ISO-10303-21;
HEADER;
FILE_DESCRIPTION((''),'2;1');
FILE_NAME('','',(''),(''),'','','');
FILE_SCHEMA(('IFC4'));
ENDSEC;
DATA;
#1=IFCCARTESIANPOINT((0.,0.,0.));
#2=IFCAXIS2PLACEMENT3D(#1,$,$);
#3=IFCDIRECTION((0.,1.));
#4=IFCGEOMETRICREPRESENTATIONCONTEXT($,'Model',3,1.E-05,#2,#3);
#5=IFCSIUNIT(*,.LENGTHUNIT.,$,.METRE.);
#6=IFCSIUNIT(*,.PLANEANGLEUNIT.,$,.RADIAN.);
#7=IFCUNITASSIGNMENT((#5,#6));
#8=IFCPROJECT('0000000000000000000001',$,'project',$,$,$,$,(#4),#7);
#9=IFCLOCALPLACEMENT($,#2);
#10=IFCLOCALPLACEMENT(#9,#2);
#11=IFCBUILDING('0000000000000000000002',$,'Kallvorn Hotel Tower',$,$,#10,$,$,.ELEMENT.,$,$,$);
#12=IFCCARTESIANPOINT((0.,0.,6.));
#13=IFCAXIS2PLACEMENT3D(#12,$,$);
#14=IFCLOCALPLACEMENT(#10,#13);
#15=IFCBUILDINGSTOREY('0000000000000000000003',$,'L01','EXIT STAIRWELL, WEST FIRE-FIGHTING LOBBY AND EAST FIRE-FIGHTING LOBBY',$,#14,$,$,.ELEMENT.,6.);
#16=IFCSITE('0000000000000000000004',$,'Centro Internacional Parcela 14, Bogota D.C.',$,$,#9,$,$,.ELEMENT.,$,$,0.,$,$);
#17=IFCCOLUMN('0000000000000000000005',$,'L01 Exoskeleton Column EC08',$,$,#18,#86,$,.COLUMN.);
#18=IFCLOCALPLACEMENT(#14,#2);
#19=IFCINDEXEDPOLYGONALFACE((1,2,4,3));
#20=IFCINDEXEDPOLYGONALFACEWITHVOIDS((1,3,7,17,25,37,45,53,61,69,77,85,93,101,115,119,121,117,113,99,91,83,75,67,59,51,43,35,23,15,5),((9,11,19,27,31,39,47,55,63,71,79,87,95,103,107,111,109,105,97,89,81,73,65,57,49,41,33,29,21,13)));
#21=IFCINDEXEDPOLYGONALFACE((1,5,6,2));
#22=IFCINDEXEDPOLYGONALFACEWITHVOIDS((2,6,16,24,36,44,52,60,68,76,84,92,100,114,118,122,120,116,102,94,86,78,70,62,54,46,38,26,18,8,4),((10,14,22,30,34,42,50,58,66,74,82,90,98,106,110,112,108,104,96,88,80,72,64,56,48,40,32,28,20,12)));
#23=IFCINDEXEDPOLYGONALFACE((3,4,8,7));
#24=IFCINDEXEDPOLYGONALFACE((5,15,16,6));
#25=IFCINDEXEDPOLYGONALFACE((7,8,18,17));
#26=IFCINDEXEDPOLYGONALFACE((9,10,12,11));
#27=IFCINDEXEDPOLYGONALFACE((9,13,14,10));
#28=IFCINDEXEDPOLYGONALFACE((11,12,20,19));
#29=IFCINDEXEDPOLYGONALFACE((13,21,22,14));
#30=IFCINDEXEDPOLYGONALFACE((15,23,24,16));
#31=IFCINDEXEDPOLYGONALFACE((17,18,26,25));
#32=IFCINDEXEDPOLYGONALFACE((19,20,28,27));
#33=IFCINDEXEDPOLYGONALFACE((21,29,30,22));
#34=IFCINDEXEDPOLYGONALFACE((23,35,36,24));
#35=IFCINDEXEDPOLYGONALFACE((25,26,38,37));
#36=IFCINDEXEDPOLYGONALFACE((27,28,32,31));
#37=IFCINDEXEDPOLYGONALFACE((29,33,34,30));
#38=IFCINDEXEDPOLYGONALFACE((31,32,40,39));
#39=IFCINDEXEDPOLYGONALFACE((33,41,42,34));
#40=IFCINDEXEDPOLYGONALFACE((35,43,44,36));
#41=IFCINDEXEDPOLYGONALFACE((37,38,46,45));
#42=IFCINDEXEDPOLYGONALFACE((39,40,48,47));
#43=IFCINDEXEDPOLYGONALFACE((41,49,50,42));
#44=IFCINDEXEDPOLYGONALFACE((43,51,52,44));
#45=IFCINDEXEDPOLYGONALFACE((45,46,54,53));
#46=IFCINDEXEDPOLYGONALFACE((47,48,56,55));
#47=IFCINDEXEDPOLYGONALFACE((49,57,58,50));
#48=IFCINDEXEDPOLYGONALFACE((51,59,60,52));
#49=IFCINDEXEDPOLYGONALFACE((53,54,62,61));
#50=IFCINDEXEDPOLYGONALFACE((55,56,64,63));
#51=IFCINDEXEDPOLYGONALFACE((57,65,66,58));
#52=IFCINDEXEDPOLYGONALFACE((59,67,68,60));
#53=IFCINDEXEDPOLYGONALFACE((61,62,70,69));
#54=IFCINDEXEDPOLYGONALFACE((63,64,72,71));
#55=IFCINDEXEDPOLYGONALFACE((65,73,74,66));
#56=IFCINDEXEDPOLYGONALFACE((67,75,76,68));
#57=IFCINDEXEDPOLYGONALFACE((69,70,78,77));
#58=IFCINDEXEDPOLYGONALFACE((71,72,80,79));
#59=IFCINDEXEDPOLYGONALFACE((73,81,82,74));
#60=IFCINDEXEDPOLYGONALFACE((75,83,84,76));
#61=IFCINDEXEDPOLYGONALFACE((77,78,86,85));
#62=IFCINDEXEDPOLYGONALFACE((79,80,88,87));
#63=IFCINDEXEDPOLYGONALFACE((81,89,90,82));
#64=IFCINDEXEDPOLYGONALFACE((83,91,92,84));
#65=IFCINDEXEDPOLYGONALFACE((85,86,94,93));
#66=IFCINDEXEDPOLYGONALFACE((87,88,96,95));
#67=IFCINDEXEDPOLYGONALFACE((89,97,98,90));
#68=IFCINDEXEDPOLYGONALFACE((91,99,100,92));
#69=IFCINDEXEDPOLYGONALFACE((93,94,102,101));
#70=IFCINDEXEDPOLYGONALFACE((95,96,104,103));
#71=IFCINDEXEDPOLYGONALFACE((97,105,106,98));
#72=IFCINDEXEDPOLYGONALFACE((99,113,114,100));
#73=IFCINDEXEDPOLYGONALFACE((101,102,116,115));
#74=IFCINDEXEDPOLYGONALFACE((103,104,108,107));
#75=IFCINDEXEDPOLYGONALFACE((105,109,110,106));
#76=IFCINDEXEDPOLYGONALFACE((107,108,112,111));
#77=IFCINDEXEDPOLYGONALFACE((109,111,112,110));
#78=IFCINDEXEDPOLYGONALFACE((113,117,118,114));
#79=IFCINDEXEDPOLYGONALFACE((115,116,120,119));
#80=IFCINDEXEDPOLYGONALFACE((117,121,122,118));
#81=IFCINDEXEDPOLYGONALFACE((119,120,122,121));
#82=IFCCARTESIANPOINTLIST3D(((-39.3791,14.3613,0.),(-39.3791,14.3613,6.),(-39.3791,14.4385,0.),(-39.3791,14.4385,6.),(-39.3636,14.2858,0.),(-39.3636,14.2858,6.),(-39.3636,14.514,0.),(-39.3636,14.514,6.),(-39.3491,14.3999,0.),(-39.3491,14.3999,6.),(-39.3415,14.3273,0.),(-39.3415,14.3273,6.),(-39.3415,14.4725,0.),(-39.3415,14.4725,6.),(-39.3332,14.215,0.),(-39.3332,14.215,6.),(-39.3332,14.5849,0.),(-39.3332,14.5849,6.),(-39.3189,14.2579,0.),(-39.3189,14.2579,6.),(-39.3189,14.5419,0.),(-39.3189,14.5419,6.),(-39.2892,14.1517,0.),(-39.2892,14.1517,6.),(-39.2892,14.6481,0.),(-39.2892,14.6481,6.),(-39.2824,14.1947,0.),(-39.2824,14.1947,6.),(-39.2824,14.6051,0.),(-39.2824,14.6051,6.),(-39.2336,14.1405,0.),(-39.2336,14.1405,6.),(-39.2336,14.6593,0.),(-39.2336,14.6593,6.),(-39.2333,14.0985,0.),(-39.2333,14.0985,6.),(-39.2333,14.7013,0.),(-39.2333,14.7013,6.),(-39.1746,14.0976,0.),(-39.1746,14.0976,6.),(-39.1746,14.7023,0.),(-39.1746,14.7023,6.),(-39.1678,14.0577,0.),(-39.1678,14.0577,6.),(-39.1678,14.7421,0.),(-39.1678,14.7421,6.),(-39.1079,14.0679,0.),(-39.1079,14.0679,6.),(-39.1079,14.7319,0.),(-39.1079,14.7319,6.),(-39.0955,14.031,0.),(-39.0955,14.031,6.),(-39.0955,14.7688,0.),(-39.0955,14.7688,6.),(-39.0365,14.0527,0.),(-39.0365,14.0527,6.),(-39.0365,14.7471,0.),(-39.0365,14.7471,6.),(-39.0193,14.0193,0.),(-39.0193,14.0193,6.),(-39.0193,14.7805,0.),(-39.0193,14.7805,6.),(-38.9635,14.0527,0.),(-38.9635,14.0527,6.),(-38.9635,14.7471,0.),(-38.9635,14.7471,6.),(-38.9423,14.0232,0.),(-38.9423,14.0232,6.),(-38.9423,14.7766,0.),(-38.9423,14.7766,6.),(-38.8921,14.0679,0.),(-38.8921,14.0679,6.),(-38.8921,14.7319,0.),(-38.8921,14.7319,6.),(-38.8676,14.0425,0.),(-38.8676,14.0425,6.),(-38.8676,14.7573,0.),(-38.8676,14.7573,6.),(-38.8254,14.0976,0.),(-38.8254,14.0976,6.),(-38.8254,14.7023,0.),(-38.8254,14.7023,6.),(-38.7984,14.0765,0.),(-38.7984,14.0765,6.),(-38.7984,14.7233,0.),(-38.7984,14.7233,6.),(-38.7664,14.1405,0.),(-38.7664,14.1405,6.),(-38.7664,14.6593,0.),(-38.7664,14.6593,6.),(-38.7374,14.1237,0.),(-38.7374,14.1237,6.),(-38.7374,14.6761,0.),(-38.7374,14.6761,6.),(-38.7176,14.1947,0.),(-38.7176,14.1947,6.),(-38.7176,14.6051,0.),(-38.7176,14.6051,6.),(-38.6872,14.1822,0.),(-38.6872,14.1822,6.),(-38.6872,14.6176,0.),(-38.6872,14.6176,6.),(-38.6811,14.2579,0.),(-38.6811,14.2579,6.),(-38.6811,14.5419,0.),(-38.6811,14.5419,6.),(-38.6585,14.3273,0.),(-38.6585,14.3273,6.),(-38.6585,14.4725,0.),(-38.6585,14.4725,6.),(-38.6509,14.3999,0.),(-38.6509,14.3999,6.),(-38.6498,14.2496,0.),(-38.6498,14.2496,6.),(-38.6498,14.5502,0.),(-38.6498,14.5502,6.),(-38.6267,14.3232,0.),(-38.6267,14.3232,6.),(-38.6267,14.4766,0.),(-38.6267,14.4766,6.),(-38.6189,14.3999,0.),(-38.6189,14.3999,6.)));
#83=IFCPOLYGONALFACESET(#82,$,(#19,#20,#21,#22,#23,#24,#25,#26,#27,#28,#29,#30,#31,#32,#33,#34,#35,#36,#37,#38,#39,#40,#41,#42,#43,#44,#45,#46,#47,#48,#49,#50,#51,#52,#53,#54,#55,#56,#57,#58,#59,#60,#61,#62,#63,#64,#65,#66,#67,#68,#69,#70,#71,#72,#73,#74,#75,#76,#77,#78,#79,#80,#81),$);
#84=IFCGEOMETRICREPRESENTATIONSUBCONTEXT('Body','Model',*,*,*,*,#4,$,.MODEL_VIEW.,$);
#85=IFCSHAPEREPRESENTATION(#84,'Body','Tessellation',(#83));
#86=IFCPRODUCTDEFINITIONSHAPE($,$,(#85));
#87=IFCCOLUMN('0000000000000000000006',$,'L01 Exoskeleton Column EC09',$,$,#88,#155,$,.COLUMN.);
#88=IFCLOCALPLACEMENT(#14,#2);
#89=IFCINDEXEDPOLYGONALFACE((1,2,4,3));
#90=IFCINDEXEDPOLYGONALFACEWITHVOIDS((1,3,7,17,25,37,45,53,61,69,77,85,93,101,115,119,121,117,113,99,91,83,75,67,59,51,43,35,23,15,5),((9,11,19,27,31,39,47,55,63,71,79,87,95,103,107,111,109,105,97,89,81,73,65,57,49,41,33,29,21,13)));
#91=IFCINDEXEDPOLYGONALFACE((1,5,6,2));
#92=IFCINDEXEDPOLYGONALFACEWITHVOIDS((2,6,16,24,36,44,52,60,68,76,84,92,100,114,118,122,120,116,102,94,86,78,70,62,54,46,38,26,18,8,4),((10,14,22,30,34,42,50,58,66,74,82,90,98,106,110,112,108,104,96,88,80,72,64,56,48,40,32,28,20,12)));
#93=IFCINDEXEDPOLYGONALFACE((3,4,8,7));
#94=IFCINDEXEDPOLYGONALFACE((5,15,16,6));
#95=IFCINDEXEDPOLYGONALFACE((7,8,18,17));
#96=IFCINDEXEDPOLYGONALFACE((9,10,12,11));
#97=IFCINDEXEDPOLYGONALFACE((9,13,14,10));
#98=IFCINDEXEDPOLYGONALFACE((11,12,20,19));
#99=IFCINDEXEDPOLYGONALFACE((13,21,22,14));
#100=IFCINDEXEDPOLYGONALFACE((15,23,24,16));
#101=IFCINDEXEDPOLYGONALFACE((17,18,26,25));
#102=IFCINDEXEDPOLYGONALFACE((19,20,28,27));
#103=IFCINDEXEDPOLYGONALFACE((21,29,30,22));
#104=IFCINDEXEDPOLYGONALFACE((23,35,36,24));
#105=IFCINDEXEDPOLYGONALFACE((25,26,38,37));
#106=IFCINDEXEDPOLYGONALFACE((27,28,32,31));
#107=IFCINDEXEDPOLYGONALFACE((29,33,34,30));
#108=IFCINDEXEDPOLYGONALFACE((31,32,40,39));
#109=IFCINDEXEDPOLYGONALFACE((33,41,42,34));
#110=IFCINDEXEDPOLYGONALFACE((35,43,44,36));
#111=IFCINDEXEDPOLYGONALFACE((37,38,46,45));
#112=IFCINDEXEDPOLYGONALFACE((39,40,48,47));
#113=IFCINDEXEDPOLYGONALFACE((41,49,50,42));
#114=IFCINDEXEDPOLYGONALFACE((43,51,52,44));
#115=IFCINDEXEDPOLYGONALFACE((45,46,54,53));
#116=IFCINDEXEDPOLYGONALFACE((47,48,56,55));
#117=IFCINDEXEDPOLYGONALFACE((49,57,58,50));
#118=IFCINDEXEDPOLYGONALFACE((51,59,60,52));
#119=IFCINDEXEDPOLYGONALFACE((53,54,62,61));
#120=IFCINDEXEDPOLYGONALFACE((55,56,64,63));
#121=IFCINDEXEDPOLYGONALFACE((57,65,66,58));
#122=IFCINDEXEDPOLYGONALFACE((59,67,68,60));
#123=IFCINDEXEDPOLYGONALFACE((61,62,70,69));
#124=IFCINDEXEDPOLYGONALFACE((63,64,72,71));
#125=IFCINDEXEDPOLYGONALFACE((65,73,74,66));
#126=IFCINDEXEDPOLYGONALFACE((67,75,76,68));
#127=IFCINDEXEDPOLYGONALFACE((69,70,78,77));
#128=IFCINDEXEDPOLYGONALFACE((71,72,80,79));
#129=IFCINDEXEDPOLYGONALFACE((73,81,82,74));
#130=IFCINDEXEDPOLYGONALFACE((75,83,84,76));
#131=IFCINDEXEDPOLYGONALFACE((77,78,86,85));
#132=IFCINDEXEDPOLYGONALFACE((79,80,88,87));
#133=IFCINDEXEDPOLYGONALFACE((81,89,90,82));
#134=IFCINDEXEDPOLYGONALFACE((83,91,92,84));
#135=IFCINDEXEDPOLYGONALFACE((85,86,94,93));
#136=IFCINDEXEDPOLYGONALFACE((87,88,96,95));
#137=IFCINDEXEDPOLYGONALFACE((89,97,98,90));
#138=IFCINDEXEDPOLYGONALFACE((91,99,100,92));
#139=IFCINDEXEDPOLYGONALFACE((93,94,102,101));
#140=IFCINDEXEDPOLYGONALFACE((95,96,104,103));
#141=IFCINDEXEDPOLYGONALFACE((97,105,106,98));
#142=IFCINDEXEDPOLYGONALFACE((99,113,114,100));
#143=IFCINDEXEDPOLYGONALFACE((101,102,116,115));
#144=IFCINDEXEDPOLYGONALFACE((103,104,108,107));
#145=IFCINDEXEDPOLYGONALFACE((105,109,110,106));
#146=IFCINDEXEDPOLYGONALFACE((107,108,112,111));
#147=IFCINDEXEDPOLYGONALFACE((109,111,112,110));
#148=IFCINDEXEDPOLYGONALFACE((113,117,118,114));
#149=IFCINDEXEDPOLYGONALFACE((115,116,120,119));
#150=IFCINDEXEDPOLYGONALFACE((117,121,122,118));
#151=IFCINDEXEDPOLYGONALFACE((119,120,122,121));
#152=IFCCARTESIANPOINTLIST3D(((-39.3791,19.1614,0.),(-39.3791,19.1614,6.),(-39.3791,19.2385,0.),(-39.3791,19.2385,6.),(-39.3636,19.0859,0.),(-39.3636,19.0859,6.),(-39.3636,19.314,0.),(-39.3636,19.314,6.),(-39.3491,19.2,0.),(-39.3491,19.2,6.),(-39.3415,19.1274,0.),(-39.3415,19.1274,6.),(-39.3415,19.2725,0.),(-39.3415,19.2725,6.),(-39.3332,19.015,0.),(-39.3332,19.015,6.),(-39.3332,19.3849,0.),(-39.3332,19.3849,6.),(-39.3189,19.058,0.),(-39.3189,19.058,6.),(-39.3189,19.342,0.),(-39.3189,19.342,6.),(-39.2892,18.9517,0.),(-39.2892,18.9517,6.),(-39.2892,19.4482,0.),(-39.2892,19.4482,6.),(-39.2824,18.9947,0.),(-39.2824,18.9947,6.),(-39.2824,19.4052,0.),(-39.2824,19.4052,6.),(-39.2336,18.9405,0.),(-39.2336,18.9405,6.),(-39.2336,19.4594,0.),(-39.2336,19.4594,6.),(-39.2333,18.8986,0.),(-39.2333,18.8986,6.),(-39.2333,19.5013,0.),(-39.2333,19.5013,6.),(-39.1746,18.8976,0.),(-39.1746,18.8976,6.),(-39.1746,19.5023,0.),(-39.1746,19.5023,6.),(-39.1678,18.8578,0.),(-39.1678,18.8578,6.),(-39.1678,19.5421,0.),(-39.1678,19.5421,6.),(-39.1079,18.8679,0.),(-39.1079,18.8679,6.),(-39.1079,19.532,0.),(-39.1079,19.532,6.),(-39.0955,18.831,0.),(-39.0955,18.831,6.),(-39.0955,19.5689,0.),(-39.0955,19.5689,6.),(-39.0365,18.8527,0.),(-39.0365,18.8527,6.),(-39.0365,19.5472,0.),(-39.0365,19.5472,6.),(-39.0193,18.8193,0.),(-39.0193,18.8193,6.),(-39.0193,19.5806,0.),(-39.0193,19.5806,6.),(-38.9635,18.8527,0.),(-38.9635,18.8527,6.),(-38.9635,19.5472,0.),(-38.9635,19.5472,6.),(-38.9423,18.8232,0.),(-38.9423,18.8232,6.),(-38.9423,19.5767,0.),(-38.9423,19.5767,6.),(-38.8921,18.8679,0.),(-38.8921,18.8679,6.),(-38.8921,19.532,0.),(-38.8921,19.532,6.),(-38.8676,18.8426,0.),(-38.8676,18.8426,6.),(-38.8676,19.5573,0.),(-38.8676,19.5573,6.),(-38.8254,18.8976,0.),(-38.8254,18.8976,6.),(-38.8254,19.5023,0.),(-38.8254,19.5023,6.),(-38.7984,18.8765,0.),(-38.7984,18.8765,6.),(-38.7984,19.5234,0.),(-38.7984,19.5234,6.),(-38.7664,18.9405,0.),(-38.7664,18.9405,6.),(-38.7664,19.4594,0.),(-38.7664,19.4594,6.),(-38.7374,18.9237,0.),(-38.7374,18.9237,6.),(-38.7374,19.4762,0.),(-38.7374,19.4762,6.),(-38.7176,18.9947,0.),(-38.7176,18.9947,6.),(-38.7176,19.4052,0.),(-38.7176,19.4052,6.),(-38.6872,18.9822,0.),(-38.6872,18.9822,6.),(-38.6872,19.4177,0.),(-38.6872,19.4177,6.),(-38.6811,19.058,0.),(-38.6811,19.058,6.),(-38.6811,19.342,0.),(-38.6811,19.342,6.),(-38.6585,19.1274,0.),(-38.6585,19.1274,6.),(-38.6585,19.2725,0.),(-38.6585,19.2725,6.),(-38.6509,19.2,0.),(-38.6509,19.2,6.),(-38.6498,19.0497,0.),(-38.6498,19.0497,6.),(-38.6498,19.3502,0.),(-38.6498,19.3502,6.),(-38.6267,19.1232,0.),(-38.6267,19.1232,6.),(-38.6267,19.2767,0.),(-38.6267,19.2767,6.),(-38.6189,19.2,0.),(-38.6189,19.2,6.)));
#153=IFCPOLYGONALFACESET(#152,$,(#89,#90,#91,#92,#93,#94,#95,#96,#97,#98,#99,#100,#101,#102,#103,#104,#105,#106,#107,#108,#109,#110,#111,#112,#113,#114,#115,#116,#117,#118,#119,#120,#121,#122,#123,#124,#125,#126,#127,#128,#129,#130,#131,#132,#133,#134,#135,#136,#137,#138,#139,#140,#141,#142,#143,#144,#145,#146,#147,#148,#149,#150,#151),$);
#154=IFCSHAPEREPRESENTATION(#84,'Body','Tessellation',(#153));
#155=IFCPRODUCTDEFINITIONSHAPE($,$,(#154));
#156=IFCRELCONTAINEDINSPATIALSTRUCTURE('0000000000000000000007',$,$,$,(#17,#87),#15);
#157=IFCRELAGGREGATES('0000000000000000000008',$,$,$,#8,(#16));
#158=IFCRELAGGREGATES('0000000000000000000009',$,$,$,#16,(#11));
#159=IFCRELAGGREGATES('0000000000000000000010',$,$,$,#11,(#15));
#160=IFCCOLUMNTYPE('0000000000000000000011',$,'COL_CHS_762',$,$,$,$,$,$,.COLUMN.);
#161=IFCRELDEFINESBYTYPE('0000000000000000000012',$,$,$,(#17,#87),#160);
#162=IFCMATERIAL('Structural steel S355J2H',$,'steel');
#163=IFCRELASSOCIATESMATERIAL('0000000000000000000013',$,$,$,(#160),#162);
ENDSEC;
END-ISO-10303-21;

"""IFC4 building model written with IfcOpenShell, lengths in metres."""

from ifc_helpers import new_model, si_unit, direction, frame, origin, origin_2d, place, context, subcontext, project, spatial, hollow_circle, extrude, material, material_profile, profile_set, type_object, element, save


model = new_model("IFC4")

# Units and contexts
model_context = context("Model", 3, precision=1e-05, world=origin(), true_north=direction((0.0, 1.0)))
body_context = subcontext(model_context, "Body", "Model", "MODEL_VIEW")
ifc_project = project(units=[si_unit("LENGTHUNIT", "METRE"), si_unit("PLANEANGLEUNIT", "RADIAN")], contexts=[model_context])

# Site, building, storey
site_placement = place(None, origin())
site = spatial("IfcSite", under=ifc_project, at=site_placement, Name="Centro Internacional Parcela 14, Bogota D.C.", CompositionType="ELEMENT", RefElevation=0.0)
building_placement = place(site_placement, origin())
building = spatial("IfcBuilding", under=site, at=building_placement, Name="Kallvorn Hotel Tower", CompositionType="ELEMENT")
storey_placement = place(building_placement, frame((0.0, 0.0, 6.0)))
storey = spatial("IfcBuildingStorey", under=building, at=storey_placement, Name="L01", Description="EXIT STAIRWELL, WEST FIRE-FIGHTING LOBBY AND EAST FIRE-FIGHTING LOBBY", CompositionType="ELEMENT", Elevation=6.0)

# Columns
ifc_material_1 = material(Name="Structural steel S355J2H", Category="steel")
ifc_material_profile_1 = material_profile(ifc_material_1, hollow_circle(Radius=0.3811, WallThickness=0.032, at=origin_2d()), Name="CHS 762x32")
ifc_profile_set_1 = profile_set([ifc_material_profile_1], Name="Structural steel S355J2H")
column_type_1 = type_object("IfcColumnType", Name="COL_CHS_762", PredefinedType="COLUMN", material=ifc_profile_set_1)
for number, where, z_axis, x_axis, name in (
    (1, (-39.0, 14.3999, 0.0), (0.0, 0.0, 1.0), (1.0, 0.0, 0.0), "L01 Exoskeleton Column EC08"),
    (2, (-39.0, 19.2, 0.0), (0.0, 0.0, 1.0), (1.0, 0.0, 0.0), "L01 Exoskeleton Column EC09"),
):
    element("IfcColumn", number, at=place(storey_placement, frame(where, z_axis=z_axis, x_axis=x_axis)), inside=storey, type_object=column_type_1, Name=name, PredefinedType="COLUMN", context=body_context, shape_type="SweptSolid", body=[
        extrude(hollow_circle(Radius=0.3811, WallThickness=0.032, at=origin_2d()), origin(), (0.0, 0.0, 1.0), 6.0),
    ])

save(model, "model.ifc")
